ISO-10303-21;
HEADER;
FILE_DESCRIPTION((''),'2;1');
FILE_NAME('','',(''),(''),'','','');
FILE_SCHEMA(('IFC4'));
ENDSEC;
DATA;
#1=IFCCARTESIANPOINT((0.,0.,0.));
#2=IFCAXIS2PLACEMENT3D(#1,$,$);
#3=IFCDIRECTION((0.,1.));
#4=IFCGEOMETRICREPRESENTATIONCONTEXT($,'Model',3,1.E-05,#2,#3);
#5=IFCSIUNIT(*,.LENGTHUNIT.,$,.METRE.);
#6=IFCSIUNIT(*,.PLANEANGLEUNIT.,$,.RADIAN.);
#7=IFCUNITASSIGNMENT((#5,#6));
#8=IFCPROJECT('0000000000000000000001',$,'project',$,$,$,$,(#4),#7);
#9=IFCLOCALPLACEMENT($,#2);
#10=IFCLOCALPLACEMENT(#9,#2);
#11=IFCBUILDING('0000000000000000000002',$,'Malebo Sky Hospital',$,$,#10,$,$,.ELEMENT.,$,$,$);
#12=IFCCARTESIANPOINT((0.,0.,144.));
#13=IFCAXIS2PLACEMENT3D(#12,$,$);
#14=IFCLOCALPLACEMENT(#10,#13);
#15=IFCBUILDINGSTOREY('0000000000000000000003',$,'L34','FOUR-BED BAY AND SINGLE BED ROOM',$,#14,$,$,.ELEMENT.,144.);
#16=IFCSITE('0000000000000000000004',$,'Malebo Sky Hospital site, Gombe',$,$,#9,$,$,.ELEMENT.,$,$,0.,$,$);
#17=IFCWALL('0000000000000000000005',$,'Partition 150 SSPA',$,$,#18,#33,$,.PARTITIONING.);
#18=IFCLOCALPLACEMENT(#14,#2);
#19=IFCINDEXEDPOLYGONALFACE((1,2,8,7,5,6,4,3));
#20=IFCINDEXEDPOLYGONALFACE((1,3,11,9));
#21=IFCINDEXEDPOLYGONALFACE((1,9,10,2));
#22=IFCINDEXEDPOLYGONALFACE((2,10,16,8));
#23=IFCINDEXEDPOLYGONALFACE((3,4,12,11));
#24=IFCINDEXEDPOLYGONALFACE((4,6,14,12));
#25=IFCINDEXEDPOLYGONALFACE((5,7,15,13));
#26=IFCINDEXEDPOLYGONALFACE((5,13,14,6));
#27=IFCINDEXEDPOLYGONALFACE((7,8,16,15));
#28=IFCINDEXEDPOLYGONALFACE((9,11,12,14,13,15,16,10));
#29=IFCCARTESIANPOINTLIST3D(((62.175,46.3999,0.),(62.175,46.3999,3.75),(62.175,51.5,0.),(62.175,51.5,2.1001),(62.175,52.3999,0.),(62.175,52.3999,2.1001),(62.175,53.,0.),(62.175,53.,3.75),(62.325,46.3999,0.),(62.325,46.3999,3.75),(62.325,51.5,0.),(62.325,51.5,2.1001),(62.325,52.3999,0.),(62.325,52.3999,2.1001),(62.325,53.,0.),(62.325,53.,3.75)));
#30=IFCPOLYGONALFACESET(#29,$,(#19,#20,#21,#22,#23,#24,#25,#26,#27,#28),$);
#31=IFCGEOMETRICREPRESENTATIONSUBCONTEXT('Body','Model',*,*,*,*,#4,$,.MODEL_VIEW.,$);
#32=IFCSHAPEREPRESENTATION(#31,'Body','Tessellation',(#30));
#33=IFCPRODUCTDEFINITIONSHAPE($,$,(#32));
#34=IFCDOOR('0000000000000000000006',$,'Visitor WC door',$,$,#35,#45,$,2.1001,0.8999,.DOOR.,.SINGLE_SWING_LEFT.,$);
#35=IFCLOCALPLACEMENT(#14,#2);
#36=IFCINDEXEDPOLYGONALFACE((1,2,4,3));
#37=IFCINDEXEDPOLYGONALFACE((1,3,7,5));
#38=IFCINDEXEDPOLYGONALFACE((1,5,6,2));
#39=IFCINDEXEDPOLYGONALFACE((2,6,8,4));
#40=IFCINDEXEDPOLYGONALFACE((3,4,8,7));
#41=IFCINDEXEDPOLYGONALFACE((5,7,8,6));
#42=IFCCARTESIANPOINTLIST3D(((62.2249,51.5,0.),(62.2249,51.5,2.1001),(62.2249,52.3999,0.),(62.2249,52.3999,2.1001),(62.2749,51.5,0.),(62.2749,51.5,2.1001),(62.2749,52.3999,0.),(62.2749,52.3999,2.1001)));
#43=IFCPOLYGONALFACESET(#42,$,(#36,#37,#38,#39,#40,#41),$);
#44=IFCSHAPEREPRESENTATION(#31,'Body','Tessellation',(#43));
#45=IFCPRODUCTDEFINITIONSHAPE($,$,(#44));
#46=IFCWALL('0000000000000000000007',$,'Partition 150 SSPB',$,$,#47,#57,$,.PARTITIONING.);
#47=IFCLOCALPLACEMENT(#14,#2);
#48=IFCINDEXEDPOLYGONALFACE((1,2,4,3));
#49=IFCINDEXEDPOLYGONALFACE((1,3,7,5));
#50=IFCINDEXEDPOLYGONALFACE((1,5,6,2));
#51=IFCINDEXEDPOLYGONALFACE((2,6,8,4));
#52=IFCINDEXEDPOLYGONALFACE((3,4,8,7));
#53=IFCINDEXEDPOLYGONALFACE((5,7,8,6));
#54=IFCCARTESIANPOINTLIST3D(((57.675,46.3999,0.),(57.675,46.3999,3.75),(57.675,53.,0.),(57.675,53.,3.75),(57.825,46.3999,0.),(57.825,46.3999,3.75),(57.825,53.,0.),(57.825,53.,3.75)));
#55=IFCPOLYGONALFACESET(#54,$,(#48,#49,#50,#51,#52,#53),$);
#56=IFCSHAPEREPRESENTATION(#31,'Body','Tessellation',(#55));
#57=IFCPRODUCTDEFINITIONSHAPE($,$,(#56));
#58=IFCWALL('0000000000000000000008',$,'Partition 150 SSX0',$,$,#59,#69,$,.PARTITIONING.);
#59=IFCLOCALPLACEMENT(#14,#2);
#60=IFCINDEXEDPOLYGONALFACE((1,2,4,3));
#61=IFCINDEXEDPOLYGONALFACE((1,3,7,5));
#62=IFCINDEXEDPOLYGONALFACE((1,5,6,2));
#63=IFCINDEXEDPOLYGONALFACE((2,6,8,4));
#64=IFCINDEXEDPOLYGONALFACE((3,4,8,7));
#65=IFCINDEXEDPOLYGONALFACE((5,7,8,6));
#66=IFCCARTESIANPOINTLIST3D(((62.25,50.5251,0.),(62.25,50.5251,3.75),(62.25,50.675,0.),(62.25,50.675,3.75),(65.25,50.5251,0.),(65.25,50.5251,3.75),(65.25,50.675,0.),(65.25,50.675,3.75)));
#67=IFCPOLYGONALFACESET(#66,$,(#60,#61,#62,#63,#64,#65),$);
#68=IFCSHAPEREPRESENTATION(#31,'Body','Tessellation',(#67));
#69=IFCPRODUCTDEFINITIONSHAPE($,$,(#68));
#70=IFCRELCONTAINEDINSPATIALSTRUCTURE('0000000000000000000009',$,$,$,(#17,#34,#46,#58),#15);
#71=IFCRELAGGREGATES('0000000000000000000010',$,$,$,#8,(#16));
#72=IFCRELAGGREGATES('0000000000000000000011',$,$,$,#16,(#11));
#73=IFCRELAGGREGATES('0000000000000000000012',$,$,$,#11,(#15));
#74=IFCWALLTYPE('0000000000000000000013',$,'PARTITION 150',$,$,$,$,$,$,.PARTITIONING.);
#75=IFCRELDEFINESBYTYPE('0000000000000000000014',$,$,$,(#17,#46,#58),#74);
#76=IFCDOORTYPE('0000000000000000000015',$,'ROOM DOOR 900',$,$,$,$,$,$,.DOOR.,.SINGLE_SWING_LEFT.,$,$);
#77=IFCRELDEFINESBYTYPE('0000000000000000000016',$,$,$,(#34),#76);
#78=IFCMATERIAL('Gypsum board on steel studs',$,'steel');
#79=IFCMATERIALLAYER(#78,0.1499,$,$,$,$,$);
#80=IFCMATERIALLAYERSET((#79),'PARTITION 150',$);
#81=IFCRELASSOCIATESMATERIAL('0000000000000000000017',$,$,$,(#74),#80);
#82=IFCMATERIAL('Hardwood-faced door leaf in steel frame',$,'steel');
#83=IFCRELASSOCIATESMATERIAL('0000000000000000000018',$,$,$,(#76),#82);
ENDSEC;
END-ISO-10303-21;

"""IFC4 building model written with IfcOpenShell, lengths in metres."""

from ifc_helpers import new_model, si_unit, direction, frame, frame_2d, origin, place, context, subcontext, project, spatial, rectangle, extrude, material, layer, layer_set, type_object, element, fill, save


model = new_model("IFC4")

# Units and contexts
model_context = context("Model", 3, precision=1e-05, world=origin(), true_north=direction((0.0, 1.0)))
body_context = subcontext(model_context, "Body", "Model", "MODEL_VIEW")
ifc_project = project(units=[si_unit("LENGTHUNIT", "METRE"), si_unit("PLANEANGLEUNIT", "RADIAN")], contexts=[model_context])

# Site, building, storey
site_placement = place(None, origin())
site = spatial("IfcSite", under=ifc_project, at=site_placement, Name="Malebo Sky Hospital site, Gombe", CompositionType="ELEMENT", RefElevation=0.0)
building_placement = place(site_placement, origin())
building = spatial("IfcBuilding", under=site, at=building_placement, Name="Malebo Sky Hospital", CompositionType="ELEMENT")
storey_placement = place(building_placement, frame((0.0, 0.0, 144.0)))
storey = spatial("IfcBuildingStorey", under=building, at=storey_placement, Name="L34", Description="FOUR-BED BAY AND SINGLE BED ROOM", CompositionType="ELEMENT", Elevation=144.0)

# Shared definitions
ifc_material_1 = material(Name="Gypsum board on steel studs", Category="steel")
ifc_material_2 = material(Name="Hardwood-faced door leaf in steel frame", Category="steel")

# Shared definitions
ifc_layer_1 = layer(ifc_material_1, 0.1499)
ifc_layer_set_1 = layer_set([ifc_layer_1], Name="PARTITION 150")
wall_type_1 = type_object("IfcWallType", Name="PARTITION 150", PredefinedType="PARTITIONING", material=ifc_layer_set_1)

# Wall, opening, door
wall_1_placement = place(storey_placement, frame((62.25, 53.0, 0.0), z_axis=(0.0, 0.0, 1.0), x_axis=(0.0, -1.0, 0.0)))
wall_1 = element("IfcWall", 1, at=wall_1_placement, inside=storey, type_object=wall_type_1, Name="Partition 150 SSPA", PredefinedType="PARTITIONING", context=body_context, shape_type="SweptSolid", body=[
    extrude(rectangle(XDim=6.6001, YDim=0.1499, at=frame_2d((3.3, 0.0))), origin(), (0.0, 0.0, 1.0), 3.75),
])
opening_1_placement = place(wall_1_placement, frame((0.6001, 0.0, 0.0)))
opening_1 = element("IfcOpeningElement", 2, at=opening_1_placement, cuts=wall_1, PredefinedType="OPENING", context=body_context, shape_type="SweptSolid", body=[
    extrude(rectangle(XDim=0.8999, YDim=2.1001, at=frame_2d((0.45, 1.05))), frame((0.0, 0.085, 0.0), z_axis=(0.0, -1.0, 0.0), x_axis=(1.0, 0.0, 0.0)), (0.0, 0.0, 1.0), 0.1699),
])
door_type_1 = type_object("IfcDoorType", Name="ROOM DOOR 900", OperationType="SINGLE_SWING_LEFT", PredefinedType="DOOR", material=ifc_material_2)
door_1_placement = place(opening_1_placement, origin())
door_1 = element("IfcDoor", 3, at=door_1_placement, inside=storey, type_object=door_type_1, Name="Visitor WC door", OperationType="SINGLE_SWING_LEFT", OverallHeight=2.1001, OverallWidth=0.8999, PredefinedType="DOOR", context=body_context, shape_type="SweptSolid", body=[
    extrude(rectangle(XDim=0.8999, YDim=2.1001, at=frame_2d((0.45, 1.05))), frame((0.0, 0.0249, 0.0), z_axis=(0.0, -1.0, 0.0), x_axis=(1.0, 0.0, 0.0)), (0.0, 0.0, 1.0), 0.05),
])
fill(opening_1, door_1)

# Walls
wall_2_placement = place(storey_placement, frame((57.75, 53.0, 0.0), z_axis=(0.0, 0.0, 1.0), x_axis=(0.0, -1.0, 0.0)))
element("IfcWall", 4, at=wall_2_placement, inside=storey, type_object=wall_type_1, Name="Partition 150 SSPB", PredefinedType="PARTITIONING", context=body_context, shape_type="SweptSolid", body=[
    extrude(rectangle(XDim=6.6001, YDim=0.1499, at=frame_2d((3.3, 0.0))), origin(), (0.0, 0.0, 1.0), 3.75),
])
wall_3_placement = place(storey_placement, frame((65.25, 50.6001, 0.0), z_axis=(0.0, 0.0, 1.0), x_axis=(-1.0, 0.0, 0.0)))
element("IfcWall", 5, at=wall_3_placement, inside=storey, type_object=wall_type_1, Name="Partition 150 SSX0", PredefinedType="PARTITIONING", context=body_context, shape_type="SweptSolid", body=[
    extrude(rectangle(XDim=3.0, YDim=0.1499, at=frame_2d((1.5, 0.0))), origin(), (0.0, 0.0, 1.0), 3.75),
])

save(model, "model.ifc")
